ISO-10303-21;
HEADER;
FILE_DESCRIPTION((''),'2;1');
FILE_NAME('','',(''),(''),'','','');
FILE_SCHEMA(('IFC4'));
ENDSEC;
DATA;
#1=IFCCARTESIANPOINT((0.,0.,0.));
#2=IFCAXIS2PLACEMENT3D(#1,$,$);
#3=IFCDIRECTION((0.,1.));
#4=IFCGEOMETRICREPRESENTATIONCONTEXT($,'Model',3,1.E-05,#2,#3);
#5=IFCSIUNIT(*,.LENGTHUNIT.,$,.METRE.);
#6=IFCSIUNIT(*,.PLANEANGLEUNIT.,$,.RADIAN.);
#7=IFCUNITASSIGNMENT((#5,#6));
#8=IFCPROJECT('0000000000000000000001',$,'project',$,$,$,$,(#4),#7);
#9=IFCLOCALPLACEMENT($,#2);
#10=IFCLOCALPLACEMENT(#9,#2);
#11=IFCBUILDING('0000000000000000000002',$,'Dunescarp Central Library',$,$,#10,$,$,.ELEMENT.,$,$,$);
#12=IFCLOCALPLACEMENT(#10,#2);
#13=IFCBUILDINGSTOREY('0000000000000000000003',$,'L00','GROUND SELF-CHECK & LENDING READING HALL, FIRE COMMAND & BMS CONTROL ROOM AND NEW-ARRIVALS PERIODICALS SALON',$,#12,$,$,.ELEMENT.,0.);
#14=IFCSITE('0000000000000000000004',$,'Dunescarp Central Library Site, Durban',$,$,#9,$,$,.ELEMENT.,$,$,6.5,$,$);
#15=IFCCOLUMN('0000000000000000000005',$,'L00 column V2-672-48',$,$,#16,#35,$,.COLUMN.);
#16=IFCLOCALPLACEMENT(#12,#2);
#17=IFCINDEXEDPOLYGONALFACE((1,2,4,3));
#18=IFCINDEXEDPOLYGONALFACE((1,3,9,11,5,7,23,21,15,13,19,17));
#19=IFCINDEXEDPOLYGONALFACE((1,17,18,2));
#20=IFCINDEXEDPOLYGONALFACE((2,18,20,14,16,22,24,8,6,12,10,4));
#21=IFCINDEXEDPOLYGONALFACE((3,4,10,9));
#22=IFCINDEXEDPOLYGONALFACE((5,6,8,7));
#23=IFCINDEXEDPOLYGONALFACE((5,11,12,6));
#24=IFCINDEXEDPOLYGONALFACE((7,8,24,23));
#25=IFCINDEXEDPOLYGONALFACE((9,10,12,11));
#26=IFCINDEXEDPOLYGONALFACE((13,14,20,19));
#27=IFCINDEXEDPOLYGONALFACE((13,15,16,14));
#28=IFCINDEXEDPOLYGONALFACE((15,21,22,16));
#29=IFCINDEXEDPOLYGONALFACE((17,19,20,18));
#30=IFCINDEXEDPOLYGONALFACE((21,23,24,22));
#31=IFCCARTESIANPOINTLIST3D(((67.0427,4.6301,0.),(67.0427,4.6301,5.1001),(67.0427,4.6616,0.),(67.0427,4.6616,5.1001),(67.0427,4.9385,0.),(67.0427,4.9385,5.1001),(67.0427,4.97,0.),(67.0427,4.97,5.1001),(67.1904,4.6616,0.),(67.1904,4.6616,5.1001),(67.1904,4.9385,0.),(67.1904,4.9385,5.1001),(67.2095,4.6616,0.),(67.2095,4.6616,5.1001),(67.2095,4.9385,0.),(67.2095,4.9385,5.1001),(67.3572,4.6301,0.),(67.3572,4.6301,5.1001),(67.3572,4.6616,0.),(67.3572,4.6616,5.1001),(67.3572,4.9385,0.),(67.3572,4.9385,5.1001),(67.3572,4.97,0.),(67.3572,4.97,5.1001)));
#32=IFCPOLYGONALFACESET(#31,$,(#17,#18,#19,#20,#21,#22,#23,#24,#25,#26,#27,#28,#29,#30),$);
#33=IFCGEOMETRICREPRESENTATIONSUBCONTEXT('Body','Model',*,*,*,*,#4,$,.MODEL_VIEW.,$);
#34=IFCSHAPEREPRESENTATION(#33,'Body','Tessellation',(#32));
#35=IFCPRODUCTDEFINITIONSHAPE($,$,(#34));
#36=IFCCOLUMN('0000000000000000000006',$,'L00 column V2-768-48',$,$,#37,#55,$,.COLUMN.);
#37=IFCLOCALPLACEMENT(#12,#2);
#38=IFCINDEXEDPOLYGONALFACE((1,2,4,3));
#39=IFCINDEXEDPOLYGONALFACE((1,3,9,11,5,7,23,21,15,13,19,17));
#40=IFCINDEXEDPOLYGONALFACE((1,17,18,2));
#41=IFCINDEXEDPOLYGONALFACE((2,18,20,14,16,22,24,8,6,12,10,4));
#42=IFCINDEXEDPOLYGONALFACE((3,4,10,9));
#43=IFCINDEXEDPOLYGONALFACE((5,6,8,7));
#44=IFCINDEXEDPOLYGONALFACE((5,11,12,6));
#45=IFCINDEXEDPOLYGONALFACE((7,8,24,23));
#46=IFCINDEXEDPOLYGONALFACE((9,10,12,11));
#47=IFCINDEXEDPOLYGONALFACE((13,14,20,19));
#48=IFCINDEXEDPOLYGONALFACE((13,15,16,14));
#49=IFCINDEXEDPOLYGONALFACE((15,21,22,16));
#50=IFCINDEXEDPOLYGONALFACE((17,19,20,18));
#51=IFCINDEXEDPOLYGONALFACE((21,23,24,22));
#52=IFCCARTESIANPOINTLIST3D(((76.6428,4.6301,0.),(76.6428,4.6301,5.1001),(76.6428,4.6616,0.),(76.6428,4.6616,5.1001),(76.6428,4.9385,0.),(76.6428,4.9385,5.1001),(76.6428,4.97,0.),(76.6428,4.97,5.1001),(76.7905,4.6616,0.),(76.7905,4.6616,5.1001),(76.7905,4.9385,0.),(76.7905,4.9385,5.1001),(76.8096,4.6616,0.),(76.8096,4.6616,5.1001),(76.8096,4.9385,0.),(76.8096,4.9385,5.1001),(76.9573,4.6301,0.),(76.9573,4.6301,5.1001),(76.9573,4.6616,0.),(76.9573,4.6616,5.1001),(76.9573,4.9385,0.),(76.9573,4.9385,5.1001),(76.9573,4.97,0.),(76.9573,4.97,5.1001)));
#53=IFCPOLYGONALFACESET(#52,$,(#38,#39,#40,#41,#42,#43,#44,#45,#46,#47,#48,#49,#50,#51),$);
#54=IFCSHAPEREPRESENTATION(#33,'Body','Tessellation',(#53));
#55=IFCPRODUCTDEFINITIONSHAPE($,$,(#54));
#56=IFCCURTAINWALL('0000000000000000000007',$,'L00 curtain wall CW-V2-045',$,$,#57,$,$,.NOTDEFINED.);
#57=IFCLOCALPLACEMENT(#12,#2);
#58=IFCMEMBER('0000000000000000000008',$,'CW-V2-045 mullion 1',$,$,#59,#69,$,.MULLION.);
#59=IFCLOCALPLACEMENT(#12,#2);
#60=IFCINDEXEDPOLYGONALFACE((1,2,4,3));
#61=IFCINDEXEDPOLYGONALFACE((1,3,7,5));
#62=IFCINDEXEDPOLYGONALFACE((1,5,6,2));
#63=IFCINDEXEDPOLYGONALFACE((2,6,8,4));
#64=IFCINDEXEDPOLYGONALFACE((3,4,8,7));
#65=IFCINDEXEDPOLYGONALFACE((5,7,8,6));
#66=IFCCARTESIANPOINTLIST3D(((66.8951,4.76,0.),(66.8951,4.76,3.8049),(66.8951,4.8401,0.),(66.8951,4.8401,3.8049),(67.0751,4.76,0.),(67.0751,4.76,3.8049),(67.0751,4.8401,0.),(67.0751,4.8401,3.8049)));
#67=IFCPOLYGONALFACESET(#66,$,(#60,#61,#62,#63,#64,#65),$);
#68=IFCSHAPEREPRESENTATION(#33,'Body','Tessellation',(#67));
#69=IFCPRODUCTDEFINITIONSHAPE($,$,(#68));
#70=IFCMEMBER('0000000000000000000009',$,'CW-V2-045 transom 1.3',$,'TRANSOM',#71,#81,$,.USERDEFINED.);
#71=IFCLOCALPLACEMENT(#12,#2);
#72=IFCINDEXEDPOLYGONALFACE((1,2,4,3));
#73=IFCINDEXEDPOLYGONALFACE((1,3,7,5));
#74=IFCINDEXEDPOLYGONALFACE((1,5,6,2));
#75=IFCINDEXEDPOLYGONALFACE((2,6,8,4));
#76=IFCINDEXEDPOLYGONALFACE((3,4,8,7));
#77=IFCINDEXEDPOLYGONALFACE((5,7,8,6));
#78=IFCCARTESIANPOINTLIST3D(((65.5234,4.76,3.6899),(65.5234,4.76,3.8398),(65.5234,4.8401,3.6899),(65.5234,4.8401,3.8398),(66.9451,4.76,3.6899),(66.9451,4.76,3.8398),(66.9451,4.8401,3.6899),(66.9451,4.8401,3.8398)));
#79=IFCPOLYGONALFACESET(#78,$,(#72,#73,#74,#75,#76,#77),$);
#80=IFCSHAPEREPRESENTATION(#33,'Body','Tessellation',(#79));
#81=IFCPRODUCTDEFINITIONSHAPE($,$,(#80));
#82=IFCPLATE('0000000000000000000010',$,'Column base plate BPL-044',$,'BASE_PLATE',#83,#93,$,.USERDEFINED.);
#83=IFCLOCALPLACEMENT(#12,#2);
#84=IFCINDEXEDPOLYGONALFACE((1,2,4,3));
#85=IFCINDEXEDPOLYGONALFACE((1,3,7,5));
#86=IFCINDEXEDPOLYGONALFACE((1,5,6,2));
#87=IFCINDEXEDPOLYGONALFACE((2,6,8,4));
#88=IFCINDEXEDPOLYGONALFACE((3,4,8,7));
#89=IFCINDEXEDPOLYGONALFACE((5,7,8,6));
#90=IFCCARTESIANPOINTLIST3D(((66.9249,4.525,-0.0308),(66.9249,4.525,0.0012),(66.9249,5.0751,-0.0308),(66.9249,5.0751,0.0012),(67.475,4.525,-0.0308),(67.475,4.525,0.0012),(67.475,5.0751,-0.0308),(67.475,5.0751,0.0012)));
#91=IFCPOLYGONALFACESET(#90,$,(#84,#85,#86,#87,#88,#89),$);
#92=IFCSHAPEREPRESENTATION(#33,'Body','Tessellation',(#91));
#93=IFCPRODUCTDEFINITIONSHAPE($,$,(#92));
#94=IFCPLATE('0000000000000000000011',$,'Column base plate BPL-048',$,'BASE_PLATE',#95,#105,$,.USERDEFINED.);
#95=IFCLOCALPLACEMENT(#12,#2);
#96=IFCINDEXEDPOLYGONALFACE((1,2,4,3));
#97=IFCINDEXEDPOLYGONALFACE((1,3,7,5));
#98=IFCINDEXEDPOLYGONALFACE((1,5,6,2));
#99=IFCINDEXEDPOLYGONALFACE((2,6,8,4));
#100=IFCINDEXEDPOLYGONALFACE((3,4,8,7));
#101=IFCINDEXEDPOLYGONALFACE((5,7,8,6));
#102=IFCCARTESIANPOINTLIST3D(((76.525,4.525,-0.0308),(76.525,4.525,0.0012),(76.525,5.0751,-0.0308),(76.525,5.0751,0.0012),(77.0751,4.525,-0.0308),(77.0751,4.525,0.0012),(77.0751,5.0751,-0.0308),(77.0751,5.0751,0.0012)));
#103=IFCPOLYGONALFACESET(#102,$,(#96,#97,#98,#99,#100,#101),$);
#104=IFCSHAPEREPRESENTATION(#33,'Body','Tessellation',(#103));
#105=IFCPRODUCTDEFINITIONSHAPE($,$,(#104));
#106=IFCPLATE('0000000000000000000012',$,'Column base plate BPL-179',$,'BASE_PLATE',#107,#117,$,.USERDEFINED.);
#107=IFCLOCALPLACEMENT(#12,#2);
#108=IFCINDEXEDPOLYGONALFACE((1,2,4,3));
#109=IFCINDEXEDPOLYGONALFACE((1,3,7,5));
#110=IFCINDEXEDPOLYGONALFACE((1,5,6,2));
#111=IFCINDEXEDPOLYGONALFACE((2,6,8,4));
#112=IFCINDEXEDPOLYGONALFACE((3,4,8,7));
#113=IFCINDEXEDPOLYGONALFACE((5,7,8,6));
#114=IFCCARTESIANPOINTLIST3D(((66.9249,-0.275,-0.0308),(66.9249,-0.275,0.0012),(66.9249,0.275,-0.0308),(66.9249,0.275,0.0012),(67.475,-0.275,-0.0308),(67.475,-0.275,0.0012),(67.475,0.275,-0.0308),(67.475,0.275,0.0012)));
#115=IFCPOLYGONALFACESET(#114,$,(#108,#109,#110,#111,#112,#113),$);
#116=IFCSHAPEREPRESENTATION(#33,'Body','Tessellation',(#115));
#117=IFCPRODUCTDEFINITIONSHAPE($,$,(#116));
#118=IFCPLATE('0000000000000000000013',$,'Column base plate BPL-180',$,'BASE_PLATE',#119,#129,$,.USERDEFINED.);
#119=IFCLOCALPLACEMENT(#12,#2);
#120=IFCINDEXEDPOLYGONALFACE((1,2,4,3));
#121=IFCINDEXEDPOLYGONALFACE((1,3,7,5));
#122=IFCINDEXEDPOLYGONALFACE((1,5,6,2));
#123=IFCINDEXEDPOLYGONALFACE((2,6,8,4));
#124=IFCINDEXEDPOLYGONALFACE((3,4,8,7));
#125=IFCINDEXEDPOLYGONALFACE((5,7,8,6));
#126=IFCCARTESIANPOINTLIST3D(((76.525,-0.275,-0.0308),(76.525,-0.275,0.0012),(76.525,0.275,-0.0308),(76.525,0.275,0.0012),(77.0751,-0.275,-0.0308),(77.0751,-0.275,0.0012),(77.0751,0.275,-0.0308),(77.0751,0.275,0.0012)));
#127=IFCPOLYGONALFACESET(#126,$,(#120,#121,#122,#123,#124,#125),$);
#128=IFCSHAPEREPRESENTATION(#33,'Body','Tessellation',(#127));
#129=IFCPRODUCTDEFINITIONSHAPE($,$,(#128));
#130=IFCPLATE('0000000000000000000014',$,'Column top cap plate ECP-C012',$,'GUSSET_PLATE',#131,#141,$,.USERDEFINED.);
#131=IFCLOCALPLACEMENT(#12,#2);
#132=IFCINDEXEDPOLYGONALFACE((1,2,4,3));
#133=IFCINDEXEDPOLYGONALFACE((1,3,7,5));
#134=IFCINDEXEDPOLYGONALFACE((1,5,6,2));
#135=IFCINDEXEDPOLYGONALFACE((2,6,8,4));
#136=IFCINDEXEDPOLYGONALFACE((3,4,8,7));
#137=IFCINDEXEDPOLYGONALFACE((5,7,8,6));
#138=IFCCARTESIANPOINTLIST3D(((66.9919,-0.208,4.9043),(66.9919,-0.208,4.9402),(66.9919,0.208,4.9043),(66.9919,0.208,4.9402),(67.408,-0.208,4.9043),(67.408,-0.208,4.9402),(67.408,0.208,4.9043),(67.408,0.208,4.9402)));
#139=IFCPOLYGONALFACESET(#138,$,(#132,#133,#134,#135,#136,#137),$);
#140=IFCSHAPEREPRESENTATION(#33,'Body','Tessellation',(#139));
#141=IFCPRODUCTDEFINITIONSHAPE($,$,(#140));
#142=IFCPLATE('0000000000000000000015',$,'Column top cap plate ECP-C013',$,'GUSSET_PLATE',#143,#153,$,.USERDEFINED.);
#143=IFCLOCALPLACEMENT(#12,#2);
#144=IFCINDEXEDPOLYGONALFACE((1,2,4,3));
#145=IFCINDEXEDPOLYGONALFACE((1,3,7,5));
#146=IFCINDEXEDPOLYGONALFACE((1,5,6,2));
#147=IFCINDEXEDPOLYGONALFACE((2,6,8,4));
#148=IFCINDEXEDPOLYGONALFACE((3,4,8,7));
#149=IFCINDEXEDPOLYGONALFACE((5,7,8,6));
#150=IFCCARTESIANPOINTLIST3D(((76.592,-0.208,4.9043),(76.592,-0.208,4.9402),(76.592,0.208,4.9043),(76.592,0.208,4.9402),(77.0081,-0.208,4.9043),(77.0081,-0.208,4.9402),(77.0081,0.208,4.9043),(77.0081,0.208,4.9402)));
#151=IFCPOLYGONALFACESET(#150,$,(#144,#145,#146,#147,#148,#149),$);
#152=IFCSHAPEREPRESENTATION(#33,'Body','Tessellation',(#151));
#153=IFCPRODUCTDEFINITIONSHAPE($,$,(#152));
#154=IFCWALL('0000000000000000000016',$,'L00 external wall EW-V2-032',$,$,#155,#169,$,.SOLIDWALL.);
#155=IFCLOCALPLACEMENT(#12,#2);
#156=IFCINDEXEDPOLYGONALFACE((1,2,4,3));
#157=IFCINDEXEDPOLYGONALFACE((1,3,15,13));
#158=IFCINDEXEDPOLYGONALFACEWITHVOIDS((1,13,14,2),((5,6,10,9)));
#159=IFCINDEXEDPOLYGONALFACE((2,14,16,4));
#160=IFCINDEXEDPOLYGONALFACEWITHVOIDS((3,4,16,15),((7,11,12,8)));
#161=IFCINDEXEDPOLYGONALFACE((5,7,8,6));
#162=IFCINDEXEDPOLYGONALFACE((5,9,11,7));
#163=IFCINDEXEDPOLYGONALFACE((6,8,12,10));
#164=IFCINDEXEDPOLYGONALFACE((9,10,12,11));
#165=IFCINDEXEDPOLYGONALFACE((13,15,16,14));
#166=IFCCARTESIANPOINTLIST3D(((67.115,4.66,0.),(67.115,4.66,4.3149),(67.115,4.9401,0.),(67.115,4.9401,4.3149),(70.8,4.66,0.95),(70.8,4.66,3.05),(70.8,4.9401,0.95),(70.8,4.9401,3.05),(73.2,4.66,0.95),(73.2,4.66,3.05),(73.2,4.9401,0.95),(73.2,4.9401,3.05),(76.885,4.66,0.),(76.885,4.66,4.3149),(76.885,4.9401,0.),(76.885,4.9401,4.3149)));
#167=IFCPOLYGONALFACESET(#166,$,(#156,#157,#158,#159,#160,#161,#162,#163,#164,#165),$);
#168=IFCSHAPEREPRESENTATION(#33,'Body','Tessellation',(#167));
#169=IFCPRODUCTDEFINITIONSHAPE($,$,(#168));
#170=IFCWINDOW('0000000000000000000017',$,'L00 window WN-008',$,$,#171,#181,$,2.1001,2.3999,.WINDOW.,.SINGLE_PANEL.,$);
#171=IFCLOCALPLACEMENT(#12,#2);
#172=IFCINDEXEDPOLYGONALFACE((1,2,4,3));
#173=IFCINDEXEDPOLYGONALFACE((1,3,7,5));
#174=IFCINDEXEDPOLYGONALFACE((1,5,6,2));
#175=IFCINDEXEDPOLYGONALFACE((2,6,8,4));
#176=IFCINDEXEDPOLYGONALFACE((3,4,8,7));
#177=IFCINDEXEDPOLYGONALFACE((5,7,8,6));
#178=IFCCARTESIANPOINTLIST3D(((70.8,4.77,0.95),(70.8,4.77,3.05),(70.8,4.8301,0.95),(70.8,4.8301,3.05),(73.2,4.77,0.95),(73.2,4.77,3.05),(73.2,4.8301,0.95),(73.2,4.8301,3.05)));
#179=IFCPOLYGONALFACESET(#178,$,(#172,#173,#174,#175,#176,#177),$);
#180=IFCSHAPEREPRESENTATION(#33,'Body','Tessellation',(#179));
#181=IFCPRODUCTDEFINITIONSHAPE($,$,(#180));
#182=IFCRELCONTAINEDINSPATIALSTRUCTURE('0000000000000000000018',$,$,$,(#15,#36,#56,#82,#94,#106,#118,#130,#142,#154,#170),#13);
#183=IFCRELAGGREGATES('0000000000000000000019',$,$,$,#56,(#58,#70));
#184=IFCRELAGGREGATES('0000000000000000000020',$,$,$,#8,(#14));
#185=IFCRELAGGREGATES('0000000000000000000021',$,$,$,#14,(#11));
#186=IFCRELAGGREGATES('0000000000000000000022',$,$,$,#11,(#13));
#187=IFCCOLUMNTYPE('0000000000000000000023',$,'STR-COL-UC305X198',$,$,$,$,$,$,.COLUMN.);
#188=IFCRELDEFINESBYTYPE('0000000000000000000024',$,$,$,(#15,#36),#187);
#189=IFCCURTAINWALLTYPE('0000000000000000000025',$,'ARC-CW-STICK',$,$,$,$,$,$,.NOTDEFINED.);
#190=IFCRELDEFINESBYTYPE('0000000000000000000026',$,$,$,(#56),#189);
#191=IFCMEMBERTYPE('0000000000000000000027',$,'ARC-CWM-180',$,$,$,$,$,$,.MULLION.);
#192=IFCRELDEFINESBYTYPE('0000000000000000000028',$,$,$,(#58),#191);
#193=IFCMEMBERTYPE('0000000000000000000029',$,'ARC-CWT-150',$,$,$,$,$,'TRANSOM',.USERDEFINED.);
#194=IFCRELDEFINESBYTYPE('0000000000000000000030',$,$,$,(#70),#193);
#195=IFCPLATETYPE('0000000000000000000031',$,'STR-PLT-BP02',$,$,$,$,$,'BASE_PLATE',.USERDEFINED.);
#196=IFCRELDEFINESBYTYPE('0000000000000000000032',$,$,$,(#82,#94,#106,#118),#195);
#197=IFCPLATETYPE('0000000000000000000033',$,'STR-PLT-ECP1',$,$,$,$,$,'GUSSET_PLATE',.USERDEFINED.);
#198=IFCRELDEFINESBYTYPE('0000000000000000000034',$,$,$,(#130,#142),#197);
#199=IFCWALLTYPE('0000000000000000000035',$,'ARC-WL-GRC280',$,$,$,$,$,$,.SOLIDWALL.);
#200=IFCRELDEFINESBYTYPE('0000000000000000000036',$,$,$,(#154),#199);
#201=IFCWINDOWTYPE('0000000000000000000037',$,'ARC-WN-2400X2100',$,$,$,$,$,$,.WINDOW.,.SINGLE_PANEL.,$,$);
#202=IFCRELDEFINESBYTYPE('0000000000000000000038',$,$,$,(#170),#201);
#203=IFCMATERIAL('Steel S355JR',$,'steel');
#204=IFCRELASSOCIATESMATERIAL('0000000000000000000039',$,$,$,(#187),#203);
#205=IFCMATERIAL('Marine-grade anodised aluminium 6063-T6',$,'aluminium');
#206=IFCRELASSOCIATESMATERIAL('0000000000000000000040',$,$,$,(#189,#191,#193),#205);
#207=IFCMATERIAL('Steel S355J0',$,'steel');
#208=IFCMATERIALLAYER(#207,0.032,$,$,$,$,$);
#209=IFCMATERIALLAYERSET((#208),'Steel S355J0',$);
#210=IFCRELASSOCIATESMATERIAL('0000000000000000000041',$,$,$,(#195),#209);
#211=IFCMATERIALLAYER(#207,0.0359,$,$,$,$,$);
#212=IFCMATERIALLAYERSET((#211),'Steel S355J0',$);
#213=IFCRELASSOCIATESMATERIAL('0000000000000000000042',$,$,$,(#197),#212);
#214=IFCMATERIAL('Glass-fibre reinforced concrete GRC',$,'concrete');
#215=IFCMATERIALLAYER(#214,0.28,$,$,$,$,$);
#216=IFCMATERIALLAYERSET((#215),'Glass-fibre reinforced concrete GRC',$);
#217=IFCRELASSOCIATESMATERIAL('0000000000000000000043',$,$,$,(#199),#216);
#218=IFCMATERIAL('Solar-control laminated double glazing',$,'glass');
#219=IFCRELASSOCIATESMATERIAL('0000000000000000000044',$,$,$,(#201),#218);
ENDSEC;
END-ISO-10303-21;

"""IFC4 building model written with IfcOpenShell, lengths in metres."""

from ifc_helpers import new_model, si_unit, direction, frame, frame_2d, origin, origin_2d, place, context, subcontext, project, spatial, rectangle, i_section, extrude, material, layer, layer_set, material_profile, profile_set, type_object, element, fill, aggregate, save


model = new_model("IFC4")

# Units and contexts
model_context = context("Model", 3, precision=1e-05, world=origin(), true_north=direction((0.0, 1.0)))
body_context = subcontext(model_context, "Body", "Model", "MODEL_VIEW")
ifc_project = project(units=[si_unit("LENGTHUNIT", "METRE"), si_unit("PLANEANGLEUNIT", "RADIAN")], contexts=[model_context])

# Site, building, storey
site_placement = place(None, origin())
site = spatial("IfcSite", under=ifc_project, at=site_placement, Name="Dunescarp Central Library Site, Durban", CompositionType="ELEMENT", RefElevation=6.5)
building_placement = place(site_placement, origin())
building = spatial("IfcBuilding", under=site, at=building_placement, Name="Dunescarp Central Library", CompositionType="ELEMENT")
storey_placement = place(building_placement, origin())
storey = spatial("IfcBuildingStorey", under=building, at=storey_placement, Name="L00", Description="GROUND SELF-CHECK & LENDING READING HALL, FIRE COMMAND & BMS CONTROL ROOM AND NEW-ARRIVALS PERIODICALS SALON", CompositionType="ELEMENT", Elevation=0.0)

# Columns
ifc_material_1 = material(Name="Steel S355J0", Category="steel")
ifc_material_2 = material(Name="Steel S355JR", Category="steel")
ifc_material_profile_1 = material_profile(ifc_material_2, i_section(OverallWidth=0.3145, OverallDepth=0.3398, WebThickness=0.019, FlangeThickness=0.0315, at=origin_2d()), Name="UC 305x305x198")
ifc_profile_set_1 = profile_set([ifc_material_profile_1], Name="Steel S355JR")
column_type_1 = type_object("IfcColumnType", Name="STR-COL-UC305X198", PredefinedType="COLUMN", material=ifc_profile_set_1)
for number, where, z_axis, x_axis, name in (
    (1, (67.2, 4.8, 0.0), (0.0, 0.0, 1.0), (1.0, 0.0, 0.0), "L00 column V2-672-48"),
    (2, (76.8, 4.8, 0.0), (0.0, 0.0, 1.0), (1.0, 0.0, 0.0), "L00 column V2-768-48"),
):
    element("IfcColumn", number, at=place(storey_placement, frame(where, z_axis=z_axis, x_axis=x_axis)), inside=storey, type_object=column_type_1, Name=name, PredefinedType="COLUMN", context=body_context, shape_type="SweptSolid", body=[
        extrude(i_section(OverallWidth=0.3145, OverallDepth=0.3398, WebThickness=0.019, FlangeThickness=0.0315, at=origin_2d()), origin(), (0.0, 0.0, 1.0), 5.1001),
    ])

# Curtain wall, members
ifc_material_3 = material(Name="Marine-grade anodised aluminium 6063-T6", Category="aluminium")
curtain_wall_type = type_object("IfcCurtainWallType", Name="ARC-CW-STICK", PredefinedType="NOTDEFINED", material=ifc_material_3)
curtain_wall_placement = place(storey_placement, origin())
curtain_wall = element("IfcCurtainWall", 3, at=curtain_wall_placement, inside=storey, type_object=curtain_wall_type, Name="L00 curtain wall CW-V2-045", PredefinedType="NOTDEFINED")
ifc_material_profile_2 = material_profile(ifc_material_3, rectangle(XDim=0.0801, YDim=0.1799, at=origin_2d()), Name="AL 80x180")
ifc_profile_set_2 = profile_set([ifc_material_profile_2], Name="Marine-grade anodised aluminium 6063-T6")
member_type_1 = type_object("IfcMemberType", Name="ARC-CWM-180", PredefinedType="MULLION", material=ifc_profile_set_2)
member_1_placement = place(storey_placement, frame((66.9851, 4.8, 0.0), z_axis=(0.0, 0.0, 1.0), x_axis=(0.0, -1.0, 0.0)))
member_1 = element("IfcMember", 4, at=member_1_placement, type_object=member_type_1, Name="CW-V2-045 mullion 1", PredefinedType="MULLION", context=body_context, shape_type="SweptSolid", body=[
    extrude(rectangle(XDim=0.0801, YDim=0.1799, at=origin_2d()), origin(), (0.0, 0.0, 1.0), 3.8049),
])
ifc_material_profile_3 = material_profile(ifc_material_3, rectangle(XDim=0.0801, YDim=0.1499, at=origin_2d()), Name="AL 80x150")
ifc_profile_set_3 = profile_set([ifc_material_profile_3], Name="Marine-grade anodised aluminium 6063-T6")
member_type_2 = type_object("IfcMemberType", Name="ARC-CWT-150", ElementType="TRANSOM", PredefinedType="USERDEFINED", material=ifc_profile_set_3)
member_2_placement = place(storey_placement, frame((66.9451, 4.8, 3.7649), z_axis=(-1.0, 0.0, 0.0), x_axis=(0.0, -1.0, 0.0)))
member_2 = element("IfcMember", 5, at=member_2_placement, type_object=member_type_2, Name="CW-V2-045 transom 1.3", ObjectType="TRANSOM", PredefinedType="USERDEFINED", context=body_context, shape_type="SweptSolid", body=[
    extrude(rectangle(XDim=0.0801, YDim=0.1499, at=origin_2d()), origin(), (0.0, 0.0, 1.0), 1.4216),
])
aggregate(curtain_wall, [member_1, member_2])

# Plates
ifc_layer_1 = layer(ifc_material_1, 0.032)
ifc_layer_set_1 = layer_set([ifc_layer_1], Name="Steel S355J0")
plate_type_1 = type_object("IfcPlateType", Name="STR-PLT-BP02", ElementType="BASE_PLATE", PredefinedType="USERDEFINED", material=ifc_layer_set_1)
for number, where, z_axis, x_axis, name in (
    (6, (67.2, 4.8, -0.0308), (0.0, 0.0, 1.0), (1.0, 0.0, 0.0), "Column base plate BPL-044"),
    (7, (76.8, 4.8, -0.0308), (0.0, 0.0, 1.0), (1.0, 0.0, 0.0), "Column base plate BPL-048"),
    (8, (67.2, 0.0, -0.0308), (0.0, 0.0, 1.0), (1.0, 0.0, 0.0), "Column base plate BPL-179"),
    (9, (76.8, 0.0, -0.0308), (0.0, 0.0, 1.0), (1.0, 0.0, 0.0), "Column base plate BPL-180"),
):
    element("IfcPlate", number, at=place(storey_placement, frame(where, z_axis=z_axis, x_axis=x_axis)), inside=storey, type_object=plate_type_1, Name=name, ObjectType="BASE_PLATE", PredefinedType="USERDEFINED", context=body_context, shape_type="SweptSolid", body=[
        extrude(rectangle(XDim=0.55, YDim=0.55, at=origin_2d()), origin(), (0.0, 0.0, 1.0), 0.032),
    ])
ifc_layer_2 = layer(ifc_material_1, 0.0359)
ifc_layer_set_2 = layer_set([ifc_layer_2], Name="Steel S355J0")
plate_type_2 = type_object("IfcPlateType", Name="STR-PLT-ECP1", ElementType="GUSSET_PLATE", PredefinedType="USERDEFINED", material=ifc_layer_set_2)
for number, where, z_axis, x_axis, name in (
    (10, (67.2, 0.0, 4.9043), (0.0, 0.0, 1.0), (1.0, 0.0, 0.0), "Column top cap plate ECP-C012"),
    (11, (76.8, 0.0, 4.9043), (0.0, 0.0, 1.0), (1.0, 0.0, 0.0), "Column top cap plate ECP-C013"),
):
    element("IfcPlate", number, at=place(storey_placement, frame(where, z_axis=z_axis, x_axis=x_axis)), inside=storey, type_object=plate_type_2, Name=name, ObjectType="GUSSET_PLATE", PredefinedType="USERDEFINED", context=body_context, shape_type="SweptSolid", body=[
        extrude(rectangle(XDim=0.416, YDim=0.416, at=origin_2d()), origin(), (0.0, 0.0, 1.0), 0.0359),
    ])

# Wall, opening, window
ifc_material_4 = material(Name="Glass-fibre reinforced concrete GRC", Category="concrete")
ifc_layer_3 = layer(ifc_material_4, 0.28)
ifc_layer_set_3 = layer_set([ifc_layer_3], Name="Glass-fibre reinforced concrete GRC")
wall_type = type_object("IfcWallType", Name="ARC-WL-GRC280", PredefinedType="SOLIDWALL", material=ifc_layer_set_3)
wall_placement = place(storey_placement, frame((76.885, 4.8, 0.0), z_axis=(0.0, 0.0, 1.0), x_axis=(-1.0, 0.0, 0.0)))
wall = element("IfcWall", 12, at=wall_placement, inside=storey, type_object=wall_type, Name="L00 external wall EW-V2-032", PredefinedType="SOLIDWALL", context=body_context, shape_type="SweptSolid", body=[
    extrude(rectangle(XDim=9.77, YDim=0.28, at=frame_2d((4.885, 0.0))), origin(), (0.0, 0.0, 1.0), 4.3149),
])
opening_placement = place(wall_placement, frame((3.6851, 0.0, 0.95)))
opening = element("IfcOpeningElement", 13, at=opening_placement, cuts=wall, PredefinedType="OPENING", context=body_context, shape_type="SweptSolid", body=[
    extrude(rectangle(XDim=2.3999, YDim=2.1001, at=frame_2d((1.2, 1.05))), frame((0.0, 0.1499, 0.0), z_axis=(0.0, -1.0, 0.0), x_axis=(1.0, 0.0, 0.0)), (0.0, 0.0, 1.0), 0.3),
])
ifc_material_5 = material(Name="Solar-control laminated double glazing", Category="glass")
window_type = type_object("IfcWindowType", Name="ARC-WN-2400X2100", PartitioningType="SINGLE_PANEL", PredefinedType="WINDOW", material=ifc_material_5)
window_placement = place(opening_placement, origin())
window = element("IfcWindow", 14, at=window_placement, inside=storey, type_object=window_type, Name="L00 window WN-008", OverallHeight=2.1001, OverallWidth=2.3999, PartitioningType="SINGLE_PANEL", PredefinedType="WINDOW", context=body_context, shape_type="SweptSolid", body=[
    extrude(rectangle(XDim=2.3999, YDim=2.1001, at=frame_2d((1.2, 1.05))), frame((0.0, 0.03, 0.0), z_axis=(0.0, -1.0, 0.0), x_axis=(1.0, 0.0, 0.0)), (0.0, 0.0, 1.0), 0.0601),
])
fill(opening, window)

save(model, "model.ifc")
